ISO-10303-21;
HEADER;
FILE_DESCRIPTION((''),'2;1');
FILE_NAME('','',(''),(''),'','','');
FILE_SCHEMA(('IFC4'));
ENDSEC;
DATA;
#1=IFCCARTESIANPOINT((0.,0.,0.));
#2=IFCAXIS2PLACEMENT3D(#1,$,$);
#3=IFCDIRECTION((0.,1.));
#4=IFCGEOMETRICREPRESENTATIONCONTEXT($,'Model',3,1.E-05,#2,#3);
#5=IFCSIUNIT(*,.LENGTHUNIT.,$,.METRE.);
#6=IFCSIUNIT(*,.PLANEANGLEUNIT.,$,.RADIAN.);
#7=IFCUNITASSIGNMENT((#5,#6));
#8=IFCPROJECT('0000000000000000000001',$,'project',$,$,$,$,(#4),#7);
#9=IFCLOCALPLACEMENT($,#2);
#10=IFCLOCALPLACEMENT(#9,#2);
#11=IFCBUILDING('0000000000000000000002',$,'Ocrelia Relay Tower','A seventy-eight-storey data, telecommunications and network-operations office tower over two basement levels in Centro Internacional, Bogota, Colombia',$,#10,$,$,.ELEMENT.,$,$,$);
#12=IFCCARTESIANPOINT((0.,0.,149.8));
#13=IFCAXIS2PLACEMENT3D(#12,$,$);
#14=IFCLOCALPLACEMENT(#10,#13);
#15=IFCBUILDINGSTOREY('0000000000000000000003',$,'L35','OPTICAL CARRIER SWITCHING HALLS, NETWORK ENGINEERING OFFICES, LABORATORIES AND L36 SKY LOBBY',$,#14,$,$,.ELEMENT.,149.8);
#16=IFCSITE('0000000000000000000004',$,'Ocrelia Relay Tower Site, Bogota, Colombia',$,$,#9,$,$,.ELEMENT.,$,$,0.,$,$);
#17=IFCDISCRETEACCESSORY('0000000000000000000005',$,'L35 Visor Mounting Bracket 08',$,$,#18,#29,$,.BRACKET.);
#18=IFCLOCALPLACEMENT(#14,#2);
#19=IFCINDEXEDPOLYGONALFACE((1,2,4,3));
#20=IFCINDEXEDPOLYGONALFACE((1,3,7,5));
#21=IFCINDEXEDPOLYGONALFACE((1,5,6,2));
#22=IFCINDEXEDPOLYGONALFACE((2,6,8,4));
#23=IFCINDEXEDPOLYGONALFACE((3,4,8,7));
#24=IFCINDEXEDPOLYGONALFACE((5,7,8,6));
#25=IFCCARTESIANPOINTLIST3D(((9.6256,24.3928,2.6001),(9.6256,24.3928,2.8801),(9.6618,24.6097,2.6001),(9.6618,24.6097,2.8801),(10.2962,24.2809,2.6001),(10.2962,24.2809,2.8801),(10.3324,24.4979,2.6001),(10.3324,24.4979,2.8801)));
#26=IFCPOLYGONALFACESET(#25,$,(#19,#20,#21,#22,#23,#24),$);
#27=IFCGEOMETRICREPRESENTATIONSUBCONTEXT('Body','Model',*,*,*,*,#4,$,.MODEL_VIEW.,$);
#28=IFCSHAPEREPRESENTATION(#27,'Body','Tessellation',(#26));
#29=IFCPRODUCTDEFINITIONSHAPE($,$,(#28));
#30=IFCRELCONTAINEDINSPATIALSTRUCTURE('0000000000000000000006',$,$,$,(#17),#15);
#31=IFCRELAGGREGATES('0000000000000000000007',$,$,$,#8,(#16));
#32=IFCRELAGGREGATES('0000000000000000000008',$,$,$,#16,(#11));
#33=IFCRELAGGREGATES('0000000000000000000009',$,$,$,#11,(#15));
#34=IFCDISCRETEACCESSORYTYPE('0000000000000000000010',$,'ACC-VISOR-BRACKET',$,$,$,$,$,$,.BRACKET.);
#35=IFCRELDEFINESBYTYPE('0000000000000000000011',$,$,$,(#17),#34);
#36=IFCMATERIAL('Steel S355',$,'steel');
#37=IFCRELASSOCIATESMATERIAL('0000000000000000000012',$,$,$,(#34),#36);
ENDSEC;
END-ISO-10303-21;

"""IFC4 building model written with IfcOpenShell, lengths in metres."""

from ifc_helpers import new_model, si_unit, direction, frame, origin, origin_2d, place, context, subcontext, project, spatial, rectangle, extrude, material, type_object, element, save


model = new_model("IFC4")

# Units and contexts
model_context = context("Model", 3, precision=1e-05, world=origin(), true_north=direction((0.0, 1.0)))
body_context = subcontext(model_context, "Body", "Model", "MODEL_VIEW")
ifc_project = project(units=[si_unit("LENGTHUNIT", "METRE"), si_unit("PLANEANGLEUNIT", "RADIAN")], contexts=[model_context])

# Site, building, storey
site_placement = place(None, origin())
site = spatial("IfcSite", under=ifc_project, at=site_placement, Name="Ocrelia Relay Tower Site, Bogota, Colombia", CompositionType="ELEMENT", RefElevation=0.0)
building_placement = place(site_placement, origin())
building = spatial("IfcBuilding", under=site, at=building_placement, Name="Ocrelia Relay Tower", Description="A seventy-eight-storey data, telecommunications and network-operations office tower over two basement levels in Centro Internacional, Bogota, Colombia", CompositionType="ELEMENT")
storey_placement = place(building_placement, frame((0.0, 0.0, 149.8)))
storey = spatial("IfcBuildingStorey", under=building, at=storey_placement, Name="L35", Description="OPTICAL CARRIER SWITCHING HALLS, NETWORK ENGINEERING OFFICES, LABORATORIES AND L36 SKY LOBBY", CompositionType="ELEMENT", Elevation=149.8)

# Shared definitions
ifc_material_1 = material(Name="Steel S355", Category="steel")

# Discrete accessory
discrete_accessory_type = type_object("IfcDiscreteAccessoryType", Name="ACC-VISOR-BRACKET", PredefinedType="BRACKET", material=ifc_material_1)
for number, where, z_axis, x_axis, name in (
    (1, (9.979, 24.4453, 2.6001), (0.0, 0.0, 1.0), (-0.164522, -0.986373, 0.0), "L35 Visor Mounting Bracket 08"),
):
    element("IfcDiscreteAccessory", number, at=place(storey_placement, frame(where, z_axis=z_axis, x_axis=x_axis)), inside=storey, type_object=discrete_accessory_type, Name=name, PredefinedType="BRACKET", context=body_context, shape_type="SweptSolid", body=[
        extrude(rectangle(XDim=0.22, YDim=0.6799, at=origin_2d()), origin(), (0.0, 0.0, 1.0), 0.28),
    ])

save(model, "model.ifc")
